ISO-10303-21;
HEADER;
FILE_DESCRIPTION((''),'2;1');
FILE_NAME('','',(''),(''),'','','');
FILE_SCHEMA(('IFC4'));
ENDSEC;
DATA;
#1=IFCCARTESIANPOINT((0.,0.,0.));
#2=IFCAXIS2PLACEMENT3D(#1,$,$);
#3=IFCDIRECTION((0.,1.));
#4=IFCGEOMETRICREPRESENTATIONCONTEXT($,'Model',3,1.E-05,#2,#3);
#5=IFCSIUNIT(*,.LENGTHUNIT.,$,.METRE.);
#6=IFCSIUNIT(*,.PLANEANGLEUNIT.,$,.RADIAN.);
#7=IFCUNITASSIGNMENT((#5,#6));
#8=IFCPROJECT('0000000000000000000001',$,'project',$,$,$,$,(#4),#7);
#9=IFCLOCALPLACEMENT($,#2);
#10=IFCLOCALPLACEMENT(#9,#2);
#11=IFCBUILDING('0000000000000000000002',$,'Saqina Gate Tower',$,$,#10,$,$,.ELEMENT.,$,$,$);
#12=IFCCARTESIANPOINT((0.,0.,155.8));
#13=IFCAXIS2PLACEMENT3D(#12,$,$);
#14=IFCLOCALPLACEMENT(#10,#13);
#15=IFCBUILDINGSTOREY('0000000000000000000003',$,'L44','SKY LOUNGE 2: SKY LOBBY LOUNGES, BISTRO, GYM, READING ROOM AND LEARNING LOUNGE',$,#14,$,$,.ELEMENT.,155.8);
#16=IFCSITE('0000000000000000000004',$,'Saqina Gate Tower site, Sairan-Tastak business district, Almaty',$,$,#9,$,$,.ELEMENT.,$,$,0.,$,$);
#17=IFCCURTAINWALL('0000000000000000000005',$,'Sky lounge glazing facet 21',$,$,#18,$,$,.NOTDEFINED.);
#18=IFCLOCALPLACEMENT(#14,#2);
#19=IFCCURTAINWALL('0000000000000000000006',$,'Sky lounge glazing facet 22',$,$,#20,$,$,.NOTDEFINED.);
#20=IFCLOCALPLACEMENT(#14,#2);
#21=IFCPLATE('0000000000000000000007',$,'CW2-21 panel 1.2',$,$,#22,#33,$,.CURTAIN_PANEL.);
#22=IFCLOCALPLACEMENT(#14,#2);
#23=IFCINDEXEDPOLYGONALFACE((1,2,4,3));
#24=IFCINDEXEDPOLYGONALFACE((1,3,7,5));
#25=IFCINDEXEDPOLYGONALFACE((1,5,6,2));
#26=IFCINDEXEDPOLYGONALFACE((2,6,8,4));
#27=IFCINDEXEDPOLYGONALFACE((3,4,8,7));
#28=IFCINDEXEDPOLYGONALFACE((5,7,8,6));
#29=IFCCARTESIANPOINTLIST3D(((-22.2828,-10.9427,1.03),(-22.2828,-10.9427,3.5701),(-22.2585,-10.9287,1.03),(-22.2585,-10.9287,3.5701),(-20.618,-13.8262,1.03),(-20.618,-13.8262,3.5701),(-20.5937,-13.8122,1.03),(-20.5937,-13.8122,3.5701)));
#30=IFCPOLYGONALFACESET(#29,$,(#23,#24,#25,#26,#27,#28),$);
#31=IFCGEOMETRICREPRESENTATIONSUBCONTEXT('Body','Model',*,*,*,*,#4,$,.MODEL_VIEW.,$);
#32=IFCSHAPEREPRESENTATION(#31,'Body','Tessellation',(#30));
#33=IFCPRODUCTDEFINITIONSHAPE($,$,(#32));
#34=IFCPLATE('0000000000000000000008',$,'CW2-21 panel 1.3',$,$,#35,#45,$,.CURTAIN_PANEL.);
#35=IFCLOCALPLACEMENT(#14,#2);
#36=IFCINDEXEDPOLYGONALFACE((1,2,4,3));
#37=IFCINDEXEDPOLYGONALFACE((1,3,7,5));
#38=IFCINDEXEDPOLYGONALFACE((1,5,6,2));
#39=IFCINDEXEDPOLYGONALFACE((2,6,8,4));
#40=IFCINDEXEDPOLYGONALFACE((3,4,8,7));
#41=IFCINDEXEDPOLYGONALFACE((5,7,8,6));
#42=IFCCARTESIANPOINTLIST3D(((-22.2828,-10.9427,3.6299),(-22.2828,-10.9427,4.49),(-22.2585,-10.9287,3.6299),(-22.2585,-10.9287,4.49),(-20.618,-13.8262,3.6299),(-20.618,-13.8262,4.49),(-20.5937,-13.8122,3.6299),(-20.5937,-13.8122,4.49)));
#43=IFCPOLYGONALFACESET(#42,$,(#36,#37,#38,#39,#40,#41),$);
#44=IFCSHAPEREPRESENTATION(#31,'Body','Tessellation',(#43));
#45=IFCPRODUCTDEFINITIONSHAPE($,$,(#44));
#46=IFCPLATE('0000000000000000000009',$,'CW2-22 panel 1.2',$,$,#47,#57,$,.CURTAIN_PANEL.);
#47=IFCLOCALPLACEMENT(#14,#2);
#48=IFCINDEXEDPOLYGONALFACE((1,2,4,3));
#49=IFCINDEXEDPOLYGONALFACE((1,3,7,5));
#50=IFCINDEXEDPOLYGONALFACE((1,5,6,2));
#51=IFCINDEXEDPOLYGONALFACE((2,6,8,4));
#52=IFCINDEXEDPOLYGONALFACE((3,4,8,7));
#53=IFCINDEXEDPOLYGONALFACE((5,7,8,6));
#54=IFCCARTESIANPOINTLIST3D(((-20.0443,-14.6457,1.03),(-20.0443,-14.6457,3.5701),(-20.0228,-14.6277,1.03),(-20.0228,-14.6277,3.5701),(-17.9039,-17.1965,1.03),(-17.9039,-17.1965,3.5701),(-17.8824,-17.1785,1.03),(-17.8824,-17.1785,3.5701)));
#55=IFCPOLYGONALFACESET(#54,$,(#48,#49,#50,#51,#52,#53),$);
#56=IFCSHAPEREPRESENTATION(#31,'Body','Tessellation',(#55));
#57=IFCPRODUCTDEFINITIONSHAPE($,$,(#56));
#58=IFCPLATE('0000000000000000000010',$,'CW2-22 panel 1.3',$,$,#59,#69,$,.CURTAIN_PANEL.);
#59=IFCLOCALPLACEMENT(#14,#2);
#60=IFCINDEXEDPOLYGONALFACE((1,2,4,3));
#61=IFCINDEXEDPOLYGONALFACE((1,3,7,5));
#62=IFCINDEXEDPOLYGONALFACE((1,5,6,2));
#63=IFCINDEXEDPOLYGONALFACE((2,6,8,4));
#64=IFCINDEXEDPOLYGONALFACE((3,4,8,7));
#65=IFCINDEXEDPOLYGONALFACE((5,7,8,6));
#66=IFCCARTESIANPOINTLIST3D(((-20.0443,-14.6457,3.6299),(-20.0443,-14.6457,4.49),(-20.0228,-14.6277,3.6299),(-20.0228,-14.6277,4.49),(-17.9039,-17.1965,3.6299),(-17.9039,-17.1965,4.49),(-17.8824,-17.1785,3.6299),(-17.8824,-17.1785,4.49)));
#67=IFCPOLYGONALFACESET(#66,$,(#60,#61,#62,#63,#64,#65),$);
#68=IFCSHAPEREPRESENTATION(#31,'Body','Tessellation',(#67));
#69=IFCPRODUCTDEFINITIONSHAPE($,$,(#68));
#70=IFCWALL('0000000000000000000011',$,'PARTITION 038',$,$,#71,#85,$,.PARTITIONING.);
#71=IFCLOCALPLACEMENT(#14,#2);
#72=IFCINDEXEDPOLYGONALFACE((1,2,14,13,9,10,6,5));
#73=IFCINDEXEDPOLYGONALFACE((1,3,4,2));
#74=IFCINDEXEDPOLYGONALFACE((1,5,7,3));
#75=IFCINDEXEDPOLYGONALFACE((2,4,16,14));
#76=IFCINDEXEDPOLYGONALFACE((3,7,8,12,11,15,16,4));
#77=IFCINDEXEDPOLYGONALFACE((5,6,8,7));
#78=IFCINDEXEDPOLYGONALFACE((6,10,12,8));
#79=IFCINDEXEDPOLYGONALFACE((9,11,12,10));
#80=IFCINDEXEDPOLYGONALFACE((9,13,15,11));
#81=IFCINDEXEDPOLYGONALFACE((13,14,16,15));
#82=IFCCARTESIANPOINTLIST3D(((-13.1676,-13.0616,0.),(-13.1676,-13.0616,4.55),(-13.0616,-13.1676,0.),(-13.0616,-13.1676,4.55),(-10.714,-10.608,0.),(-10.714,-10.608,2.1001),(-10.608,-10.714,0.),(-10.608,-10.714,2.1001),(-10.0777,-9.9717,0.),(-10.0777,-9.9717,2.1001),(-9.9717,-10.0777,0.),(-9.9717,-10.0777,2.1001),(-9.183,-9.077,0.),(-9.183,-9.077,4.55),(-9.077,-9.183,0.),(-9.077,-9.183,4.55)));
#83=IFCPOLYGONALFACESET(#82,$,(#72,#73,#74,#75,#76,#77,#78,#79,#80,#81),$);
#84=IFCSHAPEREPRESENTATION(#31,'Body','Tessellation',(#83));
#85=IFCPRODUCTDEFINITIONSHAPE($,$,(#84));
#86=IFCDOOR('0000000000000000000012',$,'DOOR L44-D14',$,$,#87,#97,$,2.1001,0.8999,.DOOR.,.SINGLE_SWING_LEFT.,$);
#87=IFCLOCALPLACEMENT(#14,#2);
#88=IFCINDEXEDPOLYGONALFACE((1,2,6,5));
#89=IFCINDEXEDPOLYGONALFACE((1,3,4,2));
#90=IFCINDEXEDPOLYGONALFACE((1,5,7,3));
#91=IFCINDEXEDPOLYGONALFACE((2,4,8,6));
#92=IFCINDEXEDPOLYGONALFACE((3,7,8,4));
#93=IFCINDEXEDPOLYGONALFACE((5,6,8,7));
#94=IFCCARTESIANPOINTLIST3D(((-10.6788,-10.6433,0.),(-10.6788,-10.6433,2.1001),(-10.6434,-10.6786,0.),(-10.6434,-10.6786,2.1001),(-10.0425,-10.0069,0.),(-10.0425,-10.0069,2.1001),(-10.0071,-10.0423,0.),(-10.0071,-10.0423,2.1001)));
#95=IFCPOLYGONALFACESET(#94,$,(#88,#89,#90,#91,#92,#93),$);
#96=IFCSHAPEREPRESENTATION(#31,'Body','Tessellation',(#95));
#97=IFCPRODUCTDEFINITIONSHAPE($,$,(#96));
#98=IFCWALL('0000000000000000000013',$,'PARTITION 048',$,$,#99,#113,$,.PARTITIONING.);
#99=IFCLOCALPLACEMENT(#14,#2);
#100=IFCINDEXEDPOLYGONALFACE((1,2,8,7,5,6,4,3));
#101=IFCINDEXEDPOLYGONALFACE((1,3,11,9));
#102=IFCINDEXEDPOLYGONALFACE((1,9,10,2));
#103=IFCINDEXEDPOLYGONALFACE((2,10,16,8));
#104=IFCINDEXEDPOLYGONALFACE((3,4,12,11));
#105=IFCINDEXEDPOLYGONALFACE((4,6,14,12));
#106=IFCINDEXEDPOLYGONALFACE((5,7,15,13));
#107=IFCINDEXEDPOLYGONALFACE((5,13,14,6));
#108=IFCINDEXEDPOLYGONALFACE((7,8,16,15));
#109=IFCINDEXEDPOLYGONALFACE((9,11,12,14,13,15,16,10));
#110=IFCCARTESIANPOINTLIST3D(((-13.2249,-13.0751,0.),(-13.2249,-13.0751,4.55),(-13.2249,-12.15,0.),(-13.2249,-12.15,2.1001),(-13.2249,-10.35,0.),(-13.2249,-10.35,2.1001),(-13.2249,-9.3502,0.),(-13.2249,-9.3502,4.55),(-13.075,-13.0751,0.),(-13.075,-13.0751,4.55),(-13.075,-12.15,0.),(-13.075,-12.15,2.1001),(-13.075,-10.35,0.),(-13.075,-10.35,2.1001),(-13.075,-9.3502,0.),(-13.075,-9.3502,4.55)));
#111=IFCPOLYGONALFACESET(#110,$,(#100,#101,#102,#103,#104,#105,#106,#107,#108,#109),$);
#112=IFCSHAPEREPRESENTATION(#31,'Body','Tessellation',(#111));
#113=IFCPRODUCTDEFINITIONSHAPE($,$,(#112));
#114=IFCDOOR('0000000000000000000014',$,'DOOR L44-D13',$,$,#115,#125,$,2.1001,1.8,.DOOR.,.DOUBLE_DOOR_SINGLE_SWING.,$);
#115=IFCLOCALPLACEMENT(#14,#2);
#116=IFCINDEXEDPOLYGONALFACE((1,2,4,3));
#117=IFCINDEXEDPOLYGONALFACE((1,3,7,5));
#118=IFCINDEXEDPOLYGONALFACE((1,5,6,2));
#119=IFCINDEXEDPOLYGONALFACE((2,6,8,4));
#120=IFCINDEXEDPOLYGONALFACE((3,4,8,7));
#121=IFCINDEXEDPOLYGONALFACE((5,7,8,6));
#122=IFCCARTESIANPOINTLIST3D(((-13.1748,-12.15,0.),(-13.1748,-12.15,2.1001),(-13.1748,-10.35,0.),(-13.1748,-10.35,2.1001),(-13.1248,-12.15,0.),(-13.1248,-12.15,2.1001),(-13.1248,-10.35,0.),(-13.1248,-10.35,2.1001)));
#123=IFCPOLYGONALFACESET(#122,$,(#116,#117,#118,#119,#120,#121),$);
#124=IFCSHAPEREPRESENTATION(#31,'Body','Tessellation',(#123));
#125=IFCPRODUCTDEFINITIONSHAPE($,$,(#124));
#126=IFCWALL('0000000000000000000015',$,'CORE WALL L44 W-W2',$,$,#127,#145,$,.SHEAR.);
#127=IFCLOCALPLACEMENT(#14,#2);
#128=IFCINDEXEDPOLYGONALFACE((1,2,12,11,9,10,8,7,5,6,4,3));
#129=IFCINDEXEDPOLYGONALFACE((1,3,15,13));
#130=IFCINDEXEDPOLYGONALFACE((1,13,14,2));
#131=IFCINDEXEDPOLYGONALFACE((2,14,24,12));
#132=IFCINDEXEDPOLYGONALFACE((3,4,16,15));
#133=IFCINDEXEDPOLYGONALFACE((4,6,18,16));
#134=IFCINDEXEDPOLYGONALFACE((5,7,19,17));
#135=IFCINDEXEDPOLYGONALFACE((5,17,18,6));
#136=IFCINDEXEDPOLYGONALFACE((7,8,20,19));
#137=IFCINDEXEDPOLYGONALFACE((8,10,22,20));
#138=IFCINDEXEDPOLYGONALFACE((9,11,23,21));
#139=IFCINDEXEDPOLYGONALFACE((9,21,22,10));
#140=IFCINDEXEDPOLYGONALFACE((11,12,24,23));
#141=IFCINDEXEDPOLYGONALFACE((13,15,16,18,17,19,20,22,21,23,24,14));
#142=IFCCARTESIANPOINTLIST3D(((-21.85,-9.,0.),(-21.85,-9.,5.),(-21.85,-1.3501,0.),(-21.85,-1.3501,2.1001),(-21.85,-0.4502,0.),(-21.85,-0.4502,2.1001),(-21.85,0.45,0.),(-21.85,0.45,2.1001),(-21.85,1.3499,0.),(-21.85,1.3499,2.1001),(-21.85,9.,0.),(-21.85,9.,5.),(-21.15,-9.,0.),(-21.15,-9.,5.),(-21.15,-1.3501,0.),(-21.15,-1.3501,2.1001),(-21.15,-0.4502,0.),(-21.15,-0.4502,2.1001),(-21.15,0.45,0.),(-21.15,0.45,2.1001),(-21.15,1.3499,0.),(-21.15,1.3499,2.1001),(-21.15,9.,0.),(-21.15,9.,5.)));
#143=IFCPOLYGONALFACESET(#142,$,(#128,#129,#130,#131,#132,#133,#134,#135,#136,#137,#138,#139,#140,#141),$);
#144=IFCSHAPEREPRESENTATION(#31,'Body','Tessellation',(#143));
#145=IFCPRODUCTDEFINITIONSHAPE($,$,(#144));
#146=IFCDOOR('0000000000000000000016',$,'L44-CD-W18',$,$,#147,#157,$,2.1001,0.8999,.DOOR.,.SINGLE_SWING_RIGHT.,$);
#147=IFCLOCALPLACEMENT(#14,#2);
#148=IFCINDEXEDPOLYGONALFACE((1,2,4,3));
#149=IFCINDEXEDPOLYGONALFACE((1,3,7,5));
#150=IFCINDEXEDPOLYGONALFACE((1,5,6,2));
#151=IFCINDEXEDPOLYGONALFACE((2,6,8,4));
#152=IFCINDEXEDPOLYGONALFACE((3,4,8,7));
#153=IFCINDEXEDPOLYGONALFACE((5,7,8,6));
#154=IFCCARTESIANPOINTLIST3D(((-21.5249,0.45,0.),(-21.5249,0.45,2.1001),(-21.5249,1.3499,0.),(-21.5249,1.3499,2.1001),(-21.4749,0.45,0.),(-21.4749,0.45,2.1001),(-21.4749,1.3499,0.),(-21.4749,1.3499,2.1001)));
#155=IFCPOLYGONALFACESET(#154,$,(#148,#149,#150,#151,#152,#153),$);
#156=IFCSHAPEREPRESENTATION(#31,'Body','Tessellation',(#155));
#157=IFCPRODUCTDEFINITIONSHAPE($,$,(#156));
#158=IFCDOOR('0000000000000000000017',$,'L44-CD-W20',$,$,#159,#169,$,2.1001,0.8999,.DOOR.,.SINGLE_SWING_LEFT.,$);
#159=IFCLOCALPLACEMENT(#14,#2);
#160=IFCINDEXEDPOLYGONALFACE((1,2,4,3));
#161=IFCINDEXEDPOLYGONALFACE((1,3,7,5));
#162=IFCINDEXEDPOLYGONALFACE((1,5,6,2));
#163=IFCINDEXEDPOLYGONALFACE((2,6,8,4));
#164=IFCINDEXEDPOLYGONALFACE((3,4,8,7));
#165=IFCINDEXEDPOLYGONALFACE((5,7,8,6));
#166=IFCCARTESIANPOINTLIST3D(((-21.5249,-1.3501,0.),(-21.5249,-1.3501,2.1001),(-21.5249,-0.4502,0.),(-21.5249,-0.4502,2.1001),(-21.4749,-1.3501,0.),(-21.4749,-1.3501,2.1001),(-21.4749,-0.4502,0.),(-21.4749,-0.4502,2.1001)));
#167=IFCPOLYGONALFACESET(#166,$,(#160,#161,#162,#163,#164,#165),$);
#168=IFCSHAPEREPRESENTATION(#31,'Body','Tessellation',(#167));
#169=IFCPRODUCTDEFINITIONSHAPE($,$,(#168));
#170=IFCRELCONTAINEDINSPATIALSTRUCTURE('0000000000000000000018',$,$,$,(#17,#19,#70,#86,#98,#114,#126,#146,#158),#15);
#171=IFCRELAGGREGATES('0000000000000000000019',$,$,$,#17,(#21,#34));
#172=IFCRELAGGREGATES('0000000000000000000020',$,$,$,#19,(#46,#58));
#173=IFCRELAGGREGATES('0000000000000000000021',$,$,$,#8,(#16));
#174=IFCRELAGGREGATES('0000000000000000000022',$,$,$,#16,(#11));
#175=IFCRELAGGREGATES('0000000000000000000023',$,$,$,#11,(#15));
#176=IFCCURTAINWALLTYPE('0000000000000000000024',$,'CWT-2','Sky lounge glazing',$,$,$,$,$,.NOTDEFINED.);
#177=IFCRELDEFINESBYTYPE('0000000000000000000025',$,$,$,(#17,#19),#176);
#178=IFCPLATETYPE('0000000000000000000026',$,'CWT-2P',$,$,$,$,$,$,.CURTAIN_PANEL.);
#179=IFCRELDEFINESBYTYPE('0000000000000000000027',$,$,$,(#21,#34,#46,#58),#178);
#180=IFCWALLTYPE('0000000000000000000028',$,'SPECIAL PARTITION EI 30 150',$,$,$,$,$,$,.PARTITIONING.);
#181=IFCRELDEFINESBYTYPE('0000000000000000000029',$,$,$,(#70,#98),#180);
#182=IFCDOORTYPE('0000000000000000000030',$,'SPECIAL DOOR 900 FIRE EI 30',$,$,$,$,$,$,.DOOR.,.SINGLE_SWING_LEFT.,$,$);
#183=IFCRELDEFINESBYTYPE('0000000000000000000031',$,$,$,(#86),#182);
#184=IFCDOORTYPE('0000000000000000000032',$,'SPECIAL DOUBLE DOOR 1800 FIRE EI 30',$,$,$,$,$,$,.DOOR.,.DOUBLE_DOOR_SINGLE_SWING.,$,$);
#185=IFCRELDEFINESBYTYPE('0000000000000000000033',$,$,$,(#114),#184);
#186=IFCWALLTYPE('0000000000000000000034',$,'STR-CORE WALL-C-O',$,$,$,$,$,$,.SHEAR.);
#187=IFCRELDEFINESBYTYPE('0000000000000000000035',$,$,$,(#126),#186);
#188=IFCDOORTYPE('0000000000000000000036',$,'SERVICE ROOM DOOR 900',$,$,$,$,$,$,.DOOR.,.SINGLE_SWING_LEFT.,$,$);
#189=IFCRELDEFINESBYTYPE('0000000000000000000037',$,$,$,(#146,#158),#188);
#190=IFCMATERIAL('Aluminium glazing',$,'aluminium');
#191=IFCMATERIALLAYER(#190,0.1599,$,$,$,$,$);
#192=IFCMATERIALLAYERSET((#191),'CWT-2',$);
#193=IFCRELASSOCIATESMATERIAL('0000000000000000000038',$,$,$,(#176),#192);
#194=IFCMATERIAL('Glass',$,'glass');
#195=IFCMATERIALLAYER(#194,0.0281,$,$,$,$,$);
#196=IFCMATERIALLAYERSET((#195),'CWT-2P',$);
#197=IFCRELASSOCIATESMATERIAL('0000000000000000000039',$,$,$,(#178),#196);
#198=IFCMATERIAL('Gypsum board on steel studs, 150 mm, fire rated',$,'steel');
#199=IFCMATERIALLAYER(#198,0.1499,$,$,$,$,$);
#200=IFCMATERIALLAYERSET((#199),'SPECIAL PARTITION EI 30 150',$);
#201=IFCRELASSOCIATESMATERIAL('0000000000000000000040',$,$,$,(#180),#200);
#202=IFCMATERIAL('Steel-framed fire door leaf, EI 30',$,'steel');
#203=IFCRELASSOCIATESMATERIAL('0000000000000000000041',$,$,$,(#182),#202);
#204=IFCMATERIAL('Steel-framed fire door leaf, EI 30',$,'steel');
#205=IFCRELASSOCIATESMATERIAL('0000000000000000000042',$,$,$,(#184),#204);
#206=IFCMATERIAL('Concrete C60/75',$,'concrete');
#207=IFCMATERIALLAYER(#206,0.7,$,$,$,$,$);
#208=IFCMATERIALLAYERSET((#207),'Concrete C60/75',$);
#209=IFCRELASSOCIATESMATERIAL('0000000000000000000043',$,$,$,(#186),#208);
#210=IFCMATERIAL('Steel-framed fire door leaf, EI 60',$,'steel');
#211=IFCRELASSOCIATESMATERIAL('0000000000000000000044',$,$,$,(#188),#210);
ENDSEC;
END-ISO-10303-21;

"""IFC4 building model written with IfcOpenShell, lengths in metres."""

from ifc_helpers import new_model, si_unit, direction, frame, frame_2d, origin, origin_2d, place, context, subcontext, project, spatial, rectangle, extrude, material, layer, layer_set, type_object, element, fill, aggregate, save


model = new_model("IFC4")

# Units and contexts
model_context = context("Model", 3, precision=1e-05, world=origin(), true_north=direction((0.0, 1.0)))
body_context = subcontext(model_context, "Body", "Model", "MODEL_VIEW")
ifc_project = project(units=[si_unit("LENGTHUNIT", "METRE"), si_unit("PLANEANGLEUNIT", "RADIAN")], contexts=[model_context])

# Site, building, storey
site_placement = place(None, origin())
site = spatial("IfcSite", under=ifc_project, at=site_placement, Name="Saqina Gate Tower site, Sairan-Tastak business district, Almaty", CompositionType="ELEMENT", RefElevation=0.0)
building_placement = place(site_placement, origin())
building = spatial("IfcBuilding", under=site, at=building_placement, Name="Saqina Gate Tower", CompositionType="ELEMENT")
storey_placement = place(building_placement, frame((0.0, 0.0, 155.8)))
storey = spatial("IfcBuildingStorey", under=building, at=storey_placement, Name="L44", Description="SKY LOUNGE 2: SKY LOBBY LOUNGES, BISTRO, GYM, READING ROOM AND LEARNING LOUNGE", CompositionType="ELEMENT", Elevation=155.8)

# Curtain wall
ifc_material_1 = material(Name="Aluminium glazing", Category="aluminium")
ifc_layer_1 = layer(ifc_material_1, 0.1599)
ifc_layer_set_1 = layer_set([ifc_layer_1], Name="CWT-2")
curtain_wall_type = type_object("IfcCurtainWallType", Name="CWT-2", Description="Sky lounge glazing", PredefinedType="NOTDEFINED", material=ifc_layer_set_1)
curtain_wall_1_placement = place(storey_placement, origin())
curtain_wall_1 = element("IfcCurtainWall", 1, at=curtain_wall_1_placement, inside=storey, type_object=curtain_wall_type, Name="Sky lounge glazing facet 21", PredefinedType="NOTDEFINED")

# Curtain wall
curtain_wall_2_placement = place(storey_placement, origin())
curtain_wall_2 = element("IfcCurtainWall", 2, at=curtain_wall_2_placement, inside=storey, type_object=curtain_wall_type, Name="Sky lounge glazing facet 22", PredefinedType="NOTDEFINED")

# Plates
ifc_material_2 = material(Name="Glass", Category="glass")
ifc_layer_2 = layer(ifc_material_2, 0.0281)
ifc_layer_set_2 = layer_set([ifc_layer_2], Name="CWT-2P")
plate_type = type_object("IfcPlateType", Name="CWT-2P", PredefinedType="CURTAIN_PANEL", material=ifc_layer_set_2)
plate_1_placement = place(storey_placement, frame((-21.4382, -12.3774, 1.03), z_axis=(0.0, 0.0, 1.0), x_axis=(0.500014, -0.866017, 0.0)))
plate_1 = element("IfcPlate", 3, at=plate_1_placement, type_object=plate_type, Name="CW2-21 panel 1.2", PredefinedType="CURTAIN_PANEL", context=body_context, shape_type="SweptSolid", body=[
    extrude(rectangle(XDim=3.3296, YDim=0.0281, at=origin_2d()), origin(), (0.0, 0.0, 1.0), 2.54),
])
plate_2_placement = place(storey_placement, frame((-21.4382, -12.3774, 3.6299), z_axis=(0.0, 0.0, 1.0), x_axis=(0.500014, -0.866017, 0.0)))
plate_2 = element("IfcPlate", 4, at=plate_2_placement, type_object=plate_type, Name="CW2-21 panel 1.3", PredefinedType="CURTAIN_PANEL", context=body_context, shape_type="SweptSolid", body=[
    extrude(rectangle(XDim=3.3296, YDim=0.0281, at=origin_2d()), origin(), (0.0, 0.0, 1.0), 0.8601),
])
aggregate(curtain_wall_1, [plate_1, plate_2])
plate_3_placement = place(storey_placement, frame((-18.9634, -15.9121, 1.03), z_axis=(0.0, 0.0, 1.0), x_axis=(0.64279, -0.766043, 0.0)))
plate_3 = element("IfcPlate", 5, at=plate_3_placement, type_object=plate_type, Name="CW2-22 panel 1.2", PredefinedType="CURTAIN_PANEL", context=body_context, shape_type="SweptSolid", body=[
    extrude(rectangle(XDim=3.3298, YDim=0.0281, at=origin_2d()), origin(), (0.0, 0.0, 1.0), 2.54),
])
plate_4_placement = place(storey_placement, frame((-18.9634, -15.9121, 3.6299), z_axis=(0.0, 0.0, 1.0), x_axis=(0.64279, -0.766043, 0.0)))
plate_4 = element("IfcPlate", 6, at=plate_4_placement, type_object=plate_type, Name="CW2-22 panel 1.3", PredefinedType="CURTAIN_PANEL", context=body_context, shape_type="SweptSolid", body=[
    extrude(rectangle(XDim=3.3298, YDim=0.0281, at=origin_2d()), origin(), (0.0, 0.0, 1.0), 0.8601),
])
aggregate(curtain_wall_2, [plate_3, plate_4])

# Walls, openings, doors
ifc_material_3 = material(Name="Gypsum board on steel studs, 150 mm, fire rated", Category="steel")
ifc_layer_3 = layer(ifc_material_3, 0.1499)
ifc_layer_set_3 = layer_set([ifc_layer_3], Name="SPECIAL PARTITION EI 30 150")
wall_type_1 = type_object("IfcWallType", Name="SPECIAL PARTITION EI 30 150", PredefinedType="PARTITIONING", material=ifc_layer_set_3)
wall_1_placement = place(storey_placement, frame((-13.1145, -13.1145, 0.0), z_axis=(0.0, 0.0, 1.0), x_axis=(0.707107, 0.707107, 0.0)))
wall_1 = element("IfcWall", 7, at=wall_1_placement, inside=storey, type_object=wall_type_1, Name="PARTITION 038", PredefinedType="PARTITIONING", context=body_context, shape_type="SweptSolid", body=[
    extrude(rectangle(XDim=5.635, YDim=0.1499, at=frame_2d((2.8174, 0.0))), origin(), (0.0, 0.0, 1.0), 4.55),
])
opening_1_placement = place(wall_1_placement, frame((3.4697, 0.0, 0.0)))
opening_1 = element("IfcOpeningElement", 8, at=opening_1_placement, cuts=wall_1, PredefinedType="OPENING", context=body_context, shape_type="SweptSolid", body=[
    extrude(rectangle(XDim=0.8999, YDim=2.1001, at=frame_2d((0.45, 1.05))), frame((0.0, 0.0869, 0.0), z_axis=(0.0, -1.0, 0.0), x_axis=(1.0, 0.0, 0.0)), (0.0, 0.0, 1.0), 0.1738),
])
ifc_material_4 = material(Name="Steel-framed fire door leaf, EI 30", Category="steel")
door_type_1 = type_object("IfcDoorType", Name="SPECIAL DOOR 900 FIRE EI 30", OperationType="SINGLE_SWING_LEFT", PredefinedType="DOOR", material=ifc_material_4)
door_1_placement = place(opening_1_placement, frame((0.8999, 0.0, 0.0), z_axis=(0.0, 0.0, 1.0), x_axis=(-1.0, 0.0, 0.0)))
door_1 = element("IfcDoor", 9, at=door_1_placement, inside=storey, type_object=door_type_1, Name="DOOR L44-D14", OperationType="SINGLE_SWING_LEFT", OverallHeight=2.1001, OverallWidth=0.8999, PredefinedType="DOOR", context=body_context, shape_type="SweptSolid", body=[
    extrude(rectangle(XDim=0.8999, YDim=2.1001, at=frame_2d((0.45, 1.05))), frame((0.0, 0.0249, 0.0), z_axis=(0.0, -1.0, 0.0), x_axis=(1.0, 0.0, 0.0)), (0.0, 0.0, 1.0), 0.05),
])
fill(opening_1, door_1)
wall_2_placement = place(storey_placement, frame((-13.1499, -13.075, 0.0), z_axis=(0.0, 0.0, 1.0), x_axis=(0.0, 1.0, 0.0)))
wall_2 = element("IfcWall", 10, at=wall_2_placement, inside=storey, type_object=wall_type_1, Name="PARTITION 048", PredefinedType="PARTITIONING", context=body_context, shape_type="SweptSolid", body=[
    extrude(rectangle(XDim=3.7249, YDim=0.1499, at=frame_2d((1.8623, 0.0))), origin(), (0.0, 0.0, 1.0), 4.55),
])
opening_2_placement = place(wall_2_placement, frame((0.925, 0.0, 0.0)))
opening_2 = element("IfcOpeningElement", 11, at=opening_2_placement, cuts=wall_2, PredefinedType="OPENING", context=body_context, shape_type="SweptSolid", body=[
    extrude(rectangle(XDim=1.8, YDim=2.1001, at=frame_2d((0.8999, 1.05))), frame((0.0, 0.0869, 0.0), z_axis=(0.0, -1.0, 0.0), x_axis=(1.0, 0.0, 0.0)), (0.0, 0.0, 1.0), 0.1738),
])
ifc_material_5 = material(Name="Steel-framed fire door leaf, EI 30", Category="steel")
door_type_2 = type_object("IfcDoorType", Name="SPECIAL DOUBLE DOOR 1800 FIRE EI 30", OperationType="DOUBLE_DOOR_SINGLE_SWING", PredefinedType="DOOR", material=ifc_material_5)
door_2_placement = place(opening_2_placement, origin())
door_2 = element("IfcDoor", 12, at=door_2_placement, inside=storey, type_object=door_type_2, Name="DOOR L44-D13", OperationType="DOUBLE_DOOR_SINGLE_SWING", OverallHeight=2.1001, OverallWidth=1.8, PredefinedType="DOOR", context=body_context, shape_type="SweptSolid", body=[
    extrude(rectangle(XDim=1.8, YDim=2.1001, at=frame_2d((0.8999, 1.05))), frame((0.0, 0.0249, 0.0), z_axis=(0.0, -1.0, 0.0), x_axis=(1.0, 0.0, 0.0)), (0.0, 0.0, 1.0), 0.05),
])
fill(opening_2, door_2)

# Wall, openings, doors
ifc_material_6 = material(Name="Concrete C60/75", Category="concrete")
ifc_layer_4 = layer(ifc_material_6, 0.7)
ifc_layer_set_4 = layer_set([ifc_layer_4], Name="Concrete C60/75")
wall_type_2 = type_object("IfcWallType", Name="STR-CORE WALL-C-O", PredefinedType="SHEAR", material=ifc_layer_set_4)
wall_3_placement = place(storey_placement, frame((-21.5, -9.0, 0.0), z_axis=(0.0, 0.0, 1.0), x_axis=(0.0, 1.0, 0.0)))
wall_3 = element("IfcWall", 13, at=wall_3_placement, inside=storey, type_object=wall_type_2, Name="CORE WALL L44 W-W2", PredefinedType="SHEAR", context=body_context, shape_type="SweptSolid", body=[
    extrude(rectangle(XDim=18.0, YDim=0.7, at=frame_2d((9.0, 0.0))), origin(), (0.0, 0.0, 1.0), 5.0),
])
opening_3_placement = place(wall_3_placement, frame((9.45, 0.0, 0.0)))
opening_3 = element("IfcOpeningElement", 14, at=opening_3_placement, cuts=wall_3, PredefinedType="OPENING", context=body_context, shape_type="SweptSolid", body=[
    extrude(rectangle(XDim=0.8999, YDim=2.1001, at=frame_2d((0.45, 1.05))), frame((0.0, 0.3621, 0.0), z_axis=(0.0, -1.0, 0.0), x_axis=(1.0, 0.0, 0.0)), (0.0, 0.0, 1.0), 0.7239),
])
opening_4_placement = place(wall_3_placement, frame((7.6499, 0.0, 0.0)))
opening_4 = element("IfcOpeningElement", 15, at=opening_4_placement, cuts=wall_3, PredefinedType="OPENING", context=body_context, shape_type="SweptSolid", body=[
    extrude(rectangle(XDim=0.8999, YDim=2.1001, at=frame_2d((0.45, 1.05))), frame((0.0, 0.3621, 0.0), z_axis=(0.0, -1.0, 0.0), x_axis=(1.0, 0.0, 0.0)), (0.0, 0.0, 1.0), 0.7239),
])
ifc_material_7 = material(Name="Steel-framed fire door leaf, EI 60", Category="steel")
door_type_3 = type_object("IfcDoorType", Name="SERVICE ROOM DOOR 900", OperationType="SINGLE_SWING_LEFT", PredefinedType="DOOR", material=ifc_material_7)
door_3_placement = place(opening_3_placement, origin())
door_3 = element("IfcDoor", 16, at=door_3_placement, inside=storey, type_object=door_type_3, Name="L44-CD-W18", OperationType="SINGLE_SWING_RIGHT", OverallHeight=2.1001, OverallWidth=0.8999, PredefinedType="DOOR", context=body_context, shape_type="SweptSolid", body=[
    extrude(rectangle(XDim=0.8999, YDim=2.1001, at=frame_2d((0.45, 1.05))), frame((0.0, 0.0249, 0.0), z_axis=(0.0, -1.0, 0.0), x_axis=(1.0, 0.0, 0.0)), (0.0, 0.0, 1.0), 0.05),
])
fill(opening_3, door_3)
door_4_placement = place(opening_4_placement, origin())
door_4 = element("IfcDoor", 17, at=door_4_placement, inside=storey, type_object=door_type_3, Name="L44-CD-W20", OperationType="SINGLE_SWING_LEFT", OverallHeight=2.1001, OverallWidth=0.8999, PredefinedType="DOOR", context=body_context, shape_type="SweptSolid", body=[
    extrude(rectangle(XDim=0.8999, YDim=2.1001, at=frame_2d((0.45, 1.05))), frame((0.0, 0.0249, 0.0), z_axis=(0.0, -1.0, 0.0), x_axis=(1.0, 0.0, 0.0)), (0.0, 0.0, 1.0), 0.05),
])
fill(opening_4, door_4)

save(model, "model.ifc")
